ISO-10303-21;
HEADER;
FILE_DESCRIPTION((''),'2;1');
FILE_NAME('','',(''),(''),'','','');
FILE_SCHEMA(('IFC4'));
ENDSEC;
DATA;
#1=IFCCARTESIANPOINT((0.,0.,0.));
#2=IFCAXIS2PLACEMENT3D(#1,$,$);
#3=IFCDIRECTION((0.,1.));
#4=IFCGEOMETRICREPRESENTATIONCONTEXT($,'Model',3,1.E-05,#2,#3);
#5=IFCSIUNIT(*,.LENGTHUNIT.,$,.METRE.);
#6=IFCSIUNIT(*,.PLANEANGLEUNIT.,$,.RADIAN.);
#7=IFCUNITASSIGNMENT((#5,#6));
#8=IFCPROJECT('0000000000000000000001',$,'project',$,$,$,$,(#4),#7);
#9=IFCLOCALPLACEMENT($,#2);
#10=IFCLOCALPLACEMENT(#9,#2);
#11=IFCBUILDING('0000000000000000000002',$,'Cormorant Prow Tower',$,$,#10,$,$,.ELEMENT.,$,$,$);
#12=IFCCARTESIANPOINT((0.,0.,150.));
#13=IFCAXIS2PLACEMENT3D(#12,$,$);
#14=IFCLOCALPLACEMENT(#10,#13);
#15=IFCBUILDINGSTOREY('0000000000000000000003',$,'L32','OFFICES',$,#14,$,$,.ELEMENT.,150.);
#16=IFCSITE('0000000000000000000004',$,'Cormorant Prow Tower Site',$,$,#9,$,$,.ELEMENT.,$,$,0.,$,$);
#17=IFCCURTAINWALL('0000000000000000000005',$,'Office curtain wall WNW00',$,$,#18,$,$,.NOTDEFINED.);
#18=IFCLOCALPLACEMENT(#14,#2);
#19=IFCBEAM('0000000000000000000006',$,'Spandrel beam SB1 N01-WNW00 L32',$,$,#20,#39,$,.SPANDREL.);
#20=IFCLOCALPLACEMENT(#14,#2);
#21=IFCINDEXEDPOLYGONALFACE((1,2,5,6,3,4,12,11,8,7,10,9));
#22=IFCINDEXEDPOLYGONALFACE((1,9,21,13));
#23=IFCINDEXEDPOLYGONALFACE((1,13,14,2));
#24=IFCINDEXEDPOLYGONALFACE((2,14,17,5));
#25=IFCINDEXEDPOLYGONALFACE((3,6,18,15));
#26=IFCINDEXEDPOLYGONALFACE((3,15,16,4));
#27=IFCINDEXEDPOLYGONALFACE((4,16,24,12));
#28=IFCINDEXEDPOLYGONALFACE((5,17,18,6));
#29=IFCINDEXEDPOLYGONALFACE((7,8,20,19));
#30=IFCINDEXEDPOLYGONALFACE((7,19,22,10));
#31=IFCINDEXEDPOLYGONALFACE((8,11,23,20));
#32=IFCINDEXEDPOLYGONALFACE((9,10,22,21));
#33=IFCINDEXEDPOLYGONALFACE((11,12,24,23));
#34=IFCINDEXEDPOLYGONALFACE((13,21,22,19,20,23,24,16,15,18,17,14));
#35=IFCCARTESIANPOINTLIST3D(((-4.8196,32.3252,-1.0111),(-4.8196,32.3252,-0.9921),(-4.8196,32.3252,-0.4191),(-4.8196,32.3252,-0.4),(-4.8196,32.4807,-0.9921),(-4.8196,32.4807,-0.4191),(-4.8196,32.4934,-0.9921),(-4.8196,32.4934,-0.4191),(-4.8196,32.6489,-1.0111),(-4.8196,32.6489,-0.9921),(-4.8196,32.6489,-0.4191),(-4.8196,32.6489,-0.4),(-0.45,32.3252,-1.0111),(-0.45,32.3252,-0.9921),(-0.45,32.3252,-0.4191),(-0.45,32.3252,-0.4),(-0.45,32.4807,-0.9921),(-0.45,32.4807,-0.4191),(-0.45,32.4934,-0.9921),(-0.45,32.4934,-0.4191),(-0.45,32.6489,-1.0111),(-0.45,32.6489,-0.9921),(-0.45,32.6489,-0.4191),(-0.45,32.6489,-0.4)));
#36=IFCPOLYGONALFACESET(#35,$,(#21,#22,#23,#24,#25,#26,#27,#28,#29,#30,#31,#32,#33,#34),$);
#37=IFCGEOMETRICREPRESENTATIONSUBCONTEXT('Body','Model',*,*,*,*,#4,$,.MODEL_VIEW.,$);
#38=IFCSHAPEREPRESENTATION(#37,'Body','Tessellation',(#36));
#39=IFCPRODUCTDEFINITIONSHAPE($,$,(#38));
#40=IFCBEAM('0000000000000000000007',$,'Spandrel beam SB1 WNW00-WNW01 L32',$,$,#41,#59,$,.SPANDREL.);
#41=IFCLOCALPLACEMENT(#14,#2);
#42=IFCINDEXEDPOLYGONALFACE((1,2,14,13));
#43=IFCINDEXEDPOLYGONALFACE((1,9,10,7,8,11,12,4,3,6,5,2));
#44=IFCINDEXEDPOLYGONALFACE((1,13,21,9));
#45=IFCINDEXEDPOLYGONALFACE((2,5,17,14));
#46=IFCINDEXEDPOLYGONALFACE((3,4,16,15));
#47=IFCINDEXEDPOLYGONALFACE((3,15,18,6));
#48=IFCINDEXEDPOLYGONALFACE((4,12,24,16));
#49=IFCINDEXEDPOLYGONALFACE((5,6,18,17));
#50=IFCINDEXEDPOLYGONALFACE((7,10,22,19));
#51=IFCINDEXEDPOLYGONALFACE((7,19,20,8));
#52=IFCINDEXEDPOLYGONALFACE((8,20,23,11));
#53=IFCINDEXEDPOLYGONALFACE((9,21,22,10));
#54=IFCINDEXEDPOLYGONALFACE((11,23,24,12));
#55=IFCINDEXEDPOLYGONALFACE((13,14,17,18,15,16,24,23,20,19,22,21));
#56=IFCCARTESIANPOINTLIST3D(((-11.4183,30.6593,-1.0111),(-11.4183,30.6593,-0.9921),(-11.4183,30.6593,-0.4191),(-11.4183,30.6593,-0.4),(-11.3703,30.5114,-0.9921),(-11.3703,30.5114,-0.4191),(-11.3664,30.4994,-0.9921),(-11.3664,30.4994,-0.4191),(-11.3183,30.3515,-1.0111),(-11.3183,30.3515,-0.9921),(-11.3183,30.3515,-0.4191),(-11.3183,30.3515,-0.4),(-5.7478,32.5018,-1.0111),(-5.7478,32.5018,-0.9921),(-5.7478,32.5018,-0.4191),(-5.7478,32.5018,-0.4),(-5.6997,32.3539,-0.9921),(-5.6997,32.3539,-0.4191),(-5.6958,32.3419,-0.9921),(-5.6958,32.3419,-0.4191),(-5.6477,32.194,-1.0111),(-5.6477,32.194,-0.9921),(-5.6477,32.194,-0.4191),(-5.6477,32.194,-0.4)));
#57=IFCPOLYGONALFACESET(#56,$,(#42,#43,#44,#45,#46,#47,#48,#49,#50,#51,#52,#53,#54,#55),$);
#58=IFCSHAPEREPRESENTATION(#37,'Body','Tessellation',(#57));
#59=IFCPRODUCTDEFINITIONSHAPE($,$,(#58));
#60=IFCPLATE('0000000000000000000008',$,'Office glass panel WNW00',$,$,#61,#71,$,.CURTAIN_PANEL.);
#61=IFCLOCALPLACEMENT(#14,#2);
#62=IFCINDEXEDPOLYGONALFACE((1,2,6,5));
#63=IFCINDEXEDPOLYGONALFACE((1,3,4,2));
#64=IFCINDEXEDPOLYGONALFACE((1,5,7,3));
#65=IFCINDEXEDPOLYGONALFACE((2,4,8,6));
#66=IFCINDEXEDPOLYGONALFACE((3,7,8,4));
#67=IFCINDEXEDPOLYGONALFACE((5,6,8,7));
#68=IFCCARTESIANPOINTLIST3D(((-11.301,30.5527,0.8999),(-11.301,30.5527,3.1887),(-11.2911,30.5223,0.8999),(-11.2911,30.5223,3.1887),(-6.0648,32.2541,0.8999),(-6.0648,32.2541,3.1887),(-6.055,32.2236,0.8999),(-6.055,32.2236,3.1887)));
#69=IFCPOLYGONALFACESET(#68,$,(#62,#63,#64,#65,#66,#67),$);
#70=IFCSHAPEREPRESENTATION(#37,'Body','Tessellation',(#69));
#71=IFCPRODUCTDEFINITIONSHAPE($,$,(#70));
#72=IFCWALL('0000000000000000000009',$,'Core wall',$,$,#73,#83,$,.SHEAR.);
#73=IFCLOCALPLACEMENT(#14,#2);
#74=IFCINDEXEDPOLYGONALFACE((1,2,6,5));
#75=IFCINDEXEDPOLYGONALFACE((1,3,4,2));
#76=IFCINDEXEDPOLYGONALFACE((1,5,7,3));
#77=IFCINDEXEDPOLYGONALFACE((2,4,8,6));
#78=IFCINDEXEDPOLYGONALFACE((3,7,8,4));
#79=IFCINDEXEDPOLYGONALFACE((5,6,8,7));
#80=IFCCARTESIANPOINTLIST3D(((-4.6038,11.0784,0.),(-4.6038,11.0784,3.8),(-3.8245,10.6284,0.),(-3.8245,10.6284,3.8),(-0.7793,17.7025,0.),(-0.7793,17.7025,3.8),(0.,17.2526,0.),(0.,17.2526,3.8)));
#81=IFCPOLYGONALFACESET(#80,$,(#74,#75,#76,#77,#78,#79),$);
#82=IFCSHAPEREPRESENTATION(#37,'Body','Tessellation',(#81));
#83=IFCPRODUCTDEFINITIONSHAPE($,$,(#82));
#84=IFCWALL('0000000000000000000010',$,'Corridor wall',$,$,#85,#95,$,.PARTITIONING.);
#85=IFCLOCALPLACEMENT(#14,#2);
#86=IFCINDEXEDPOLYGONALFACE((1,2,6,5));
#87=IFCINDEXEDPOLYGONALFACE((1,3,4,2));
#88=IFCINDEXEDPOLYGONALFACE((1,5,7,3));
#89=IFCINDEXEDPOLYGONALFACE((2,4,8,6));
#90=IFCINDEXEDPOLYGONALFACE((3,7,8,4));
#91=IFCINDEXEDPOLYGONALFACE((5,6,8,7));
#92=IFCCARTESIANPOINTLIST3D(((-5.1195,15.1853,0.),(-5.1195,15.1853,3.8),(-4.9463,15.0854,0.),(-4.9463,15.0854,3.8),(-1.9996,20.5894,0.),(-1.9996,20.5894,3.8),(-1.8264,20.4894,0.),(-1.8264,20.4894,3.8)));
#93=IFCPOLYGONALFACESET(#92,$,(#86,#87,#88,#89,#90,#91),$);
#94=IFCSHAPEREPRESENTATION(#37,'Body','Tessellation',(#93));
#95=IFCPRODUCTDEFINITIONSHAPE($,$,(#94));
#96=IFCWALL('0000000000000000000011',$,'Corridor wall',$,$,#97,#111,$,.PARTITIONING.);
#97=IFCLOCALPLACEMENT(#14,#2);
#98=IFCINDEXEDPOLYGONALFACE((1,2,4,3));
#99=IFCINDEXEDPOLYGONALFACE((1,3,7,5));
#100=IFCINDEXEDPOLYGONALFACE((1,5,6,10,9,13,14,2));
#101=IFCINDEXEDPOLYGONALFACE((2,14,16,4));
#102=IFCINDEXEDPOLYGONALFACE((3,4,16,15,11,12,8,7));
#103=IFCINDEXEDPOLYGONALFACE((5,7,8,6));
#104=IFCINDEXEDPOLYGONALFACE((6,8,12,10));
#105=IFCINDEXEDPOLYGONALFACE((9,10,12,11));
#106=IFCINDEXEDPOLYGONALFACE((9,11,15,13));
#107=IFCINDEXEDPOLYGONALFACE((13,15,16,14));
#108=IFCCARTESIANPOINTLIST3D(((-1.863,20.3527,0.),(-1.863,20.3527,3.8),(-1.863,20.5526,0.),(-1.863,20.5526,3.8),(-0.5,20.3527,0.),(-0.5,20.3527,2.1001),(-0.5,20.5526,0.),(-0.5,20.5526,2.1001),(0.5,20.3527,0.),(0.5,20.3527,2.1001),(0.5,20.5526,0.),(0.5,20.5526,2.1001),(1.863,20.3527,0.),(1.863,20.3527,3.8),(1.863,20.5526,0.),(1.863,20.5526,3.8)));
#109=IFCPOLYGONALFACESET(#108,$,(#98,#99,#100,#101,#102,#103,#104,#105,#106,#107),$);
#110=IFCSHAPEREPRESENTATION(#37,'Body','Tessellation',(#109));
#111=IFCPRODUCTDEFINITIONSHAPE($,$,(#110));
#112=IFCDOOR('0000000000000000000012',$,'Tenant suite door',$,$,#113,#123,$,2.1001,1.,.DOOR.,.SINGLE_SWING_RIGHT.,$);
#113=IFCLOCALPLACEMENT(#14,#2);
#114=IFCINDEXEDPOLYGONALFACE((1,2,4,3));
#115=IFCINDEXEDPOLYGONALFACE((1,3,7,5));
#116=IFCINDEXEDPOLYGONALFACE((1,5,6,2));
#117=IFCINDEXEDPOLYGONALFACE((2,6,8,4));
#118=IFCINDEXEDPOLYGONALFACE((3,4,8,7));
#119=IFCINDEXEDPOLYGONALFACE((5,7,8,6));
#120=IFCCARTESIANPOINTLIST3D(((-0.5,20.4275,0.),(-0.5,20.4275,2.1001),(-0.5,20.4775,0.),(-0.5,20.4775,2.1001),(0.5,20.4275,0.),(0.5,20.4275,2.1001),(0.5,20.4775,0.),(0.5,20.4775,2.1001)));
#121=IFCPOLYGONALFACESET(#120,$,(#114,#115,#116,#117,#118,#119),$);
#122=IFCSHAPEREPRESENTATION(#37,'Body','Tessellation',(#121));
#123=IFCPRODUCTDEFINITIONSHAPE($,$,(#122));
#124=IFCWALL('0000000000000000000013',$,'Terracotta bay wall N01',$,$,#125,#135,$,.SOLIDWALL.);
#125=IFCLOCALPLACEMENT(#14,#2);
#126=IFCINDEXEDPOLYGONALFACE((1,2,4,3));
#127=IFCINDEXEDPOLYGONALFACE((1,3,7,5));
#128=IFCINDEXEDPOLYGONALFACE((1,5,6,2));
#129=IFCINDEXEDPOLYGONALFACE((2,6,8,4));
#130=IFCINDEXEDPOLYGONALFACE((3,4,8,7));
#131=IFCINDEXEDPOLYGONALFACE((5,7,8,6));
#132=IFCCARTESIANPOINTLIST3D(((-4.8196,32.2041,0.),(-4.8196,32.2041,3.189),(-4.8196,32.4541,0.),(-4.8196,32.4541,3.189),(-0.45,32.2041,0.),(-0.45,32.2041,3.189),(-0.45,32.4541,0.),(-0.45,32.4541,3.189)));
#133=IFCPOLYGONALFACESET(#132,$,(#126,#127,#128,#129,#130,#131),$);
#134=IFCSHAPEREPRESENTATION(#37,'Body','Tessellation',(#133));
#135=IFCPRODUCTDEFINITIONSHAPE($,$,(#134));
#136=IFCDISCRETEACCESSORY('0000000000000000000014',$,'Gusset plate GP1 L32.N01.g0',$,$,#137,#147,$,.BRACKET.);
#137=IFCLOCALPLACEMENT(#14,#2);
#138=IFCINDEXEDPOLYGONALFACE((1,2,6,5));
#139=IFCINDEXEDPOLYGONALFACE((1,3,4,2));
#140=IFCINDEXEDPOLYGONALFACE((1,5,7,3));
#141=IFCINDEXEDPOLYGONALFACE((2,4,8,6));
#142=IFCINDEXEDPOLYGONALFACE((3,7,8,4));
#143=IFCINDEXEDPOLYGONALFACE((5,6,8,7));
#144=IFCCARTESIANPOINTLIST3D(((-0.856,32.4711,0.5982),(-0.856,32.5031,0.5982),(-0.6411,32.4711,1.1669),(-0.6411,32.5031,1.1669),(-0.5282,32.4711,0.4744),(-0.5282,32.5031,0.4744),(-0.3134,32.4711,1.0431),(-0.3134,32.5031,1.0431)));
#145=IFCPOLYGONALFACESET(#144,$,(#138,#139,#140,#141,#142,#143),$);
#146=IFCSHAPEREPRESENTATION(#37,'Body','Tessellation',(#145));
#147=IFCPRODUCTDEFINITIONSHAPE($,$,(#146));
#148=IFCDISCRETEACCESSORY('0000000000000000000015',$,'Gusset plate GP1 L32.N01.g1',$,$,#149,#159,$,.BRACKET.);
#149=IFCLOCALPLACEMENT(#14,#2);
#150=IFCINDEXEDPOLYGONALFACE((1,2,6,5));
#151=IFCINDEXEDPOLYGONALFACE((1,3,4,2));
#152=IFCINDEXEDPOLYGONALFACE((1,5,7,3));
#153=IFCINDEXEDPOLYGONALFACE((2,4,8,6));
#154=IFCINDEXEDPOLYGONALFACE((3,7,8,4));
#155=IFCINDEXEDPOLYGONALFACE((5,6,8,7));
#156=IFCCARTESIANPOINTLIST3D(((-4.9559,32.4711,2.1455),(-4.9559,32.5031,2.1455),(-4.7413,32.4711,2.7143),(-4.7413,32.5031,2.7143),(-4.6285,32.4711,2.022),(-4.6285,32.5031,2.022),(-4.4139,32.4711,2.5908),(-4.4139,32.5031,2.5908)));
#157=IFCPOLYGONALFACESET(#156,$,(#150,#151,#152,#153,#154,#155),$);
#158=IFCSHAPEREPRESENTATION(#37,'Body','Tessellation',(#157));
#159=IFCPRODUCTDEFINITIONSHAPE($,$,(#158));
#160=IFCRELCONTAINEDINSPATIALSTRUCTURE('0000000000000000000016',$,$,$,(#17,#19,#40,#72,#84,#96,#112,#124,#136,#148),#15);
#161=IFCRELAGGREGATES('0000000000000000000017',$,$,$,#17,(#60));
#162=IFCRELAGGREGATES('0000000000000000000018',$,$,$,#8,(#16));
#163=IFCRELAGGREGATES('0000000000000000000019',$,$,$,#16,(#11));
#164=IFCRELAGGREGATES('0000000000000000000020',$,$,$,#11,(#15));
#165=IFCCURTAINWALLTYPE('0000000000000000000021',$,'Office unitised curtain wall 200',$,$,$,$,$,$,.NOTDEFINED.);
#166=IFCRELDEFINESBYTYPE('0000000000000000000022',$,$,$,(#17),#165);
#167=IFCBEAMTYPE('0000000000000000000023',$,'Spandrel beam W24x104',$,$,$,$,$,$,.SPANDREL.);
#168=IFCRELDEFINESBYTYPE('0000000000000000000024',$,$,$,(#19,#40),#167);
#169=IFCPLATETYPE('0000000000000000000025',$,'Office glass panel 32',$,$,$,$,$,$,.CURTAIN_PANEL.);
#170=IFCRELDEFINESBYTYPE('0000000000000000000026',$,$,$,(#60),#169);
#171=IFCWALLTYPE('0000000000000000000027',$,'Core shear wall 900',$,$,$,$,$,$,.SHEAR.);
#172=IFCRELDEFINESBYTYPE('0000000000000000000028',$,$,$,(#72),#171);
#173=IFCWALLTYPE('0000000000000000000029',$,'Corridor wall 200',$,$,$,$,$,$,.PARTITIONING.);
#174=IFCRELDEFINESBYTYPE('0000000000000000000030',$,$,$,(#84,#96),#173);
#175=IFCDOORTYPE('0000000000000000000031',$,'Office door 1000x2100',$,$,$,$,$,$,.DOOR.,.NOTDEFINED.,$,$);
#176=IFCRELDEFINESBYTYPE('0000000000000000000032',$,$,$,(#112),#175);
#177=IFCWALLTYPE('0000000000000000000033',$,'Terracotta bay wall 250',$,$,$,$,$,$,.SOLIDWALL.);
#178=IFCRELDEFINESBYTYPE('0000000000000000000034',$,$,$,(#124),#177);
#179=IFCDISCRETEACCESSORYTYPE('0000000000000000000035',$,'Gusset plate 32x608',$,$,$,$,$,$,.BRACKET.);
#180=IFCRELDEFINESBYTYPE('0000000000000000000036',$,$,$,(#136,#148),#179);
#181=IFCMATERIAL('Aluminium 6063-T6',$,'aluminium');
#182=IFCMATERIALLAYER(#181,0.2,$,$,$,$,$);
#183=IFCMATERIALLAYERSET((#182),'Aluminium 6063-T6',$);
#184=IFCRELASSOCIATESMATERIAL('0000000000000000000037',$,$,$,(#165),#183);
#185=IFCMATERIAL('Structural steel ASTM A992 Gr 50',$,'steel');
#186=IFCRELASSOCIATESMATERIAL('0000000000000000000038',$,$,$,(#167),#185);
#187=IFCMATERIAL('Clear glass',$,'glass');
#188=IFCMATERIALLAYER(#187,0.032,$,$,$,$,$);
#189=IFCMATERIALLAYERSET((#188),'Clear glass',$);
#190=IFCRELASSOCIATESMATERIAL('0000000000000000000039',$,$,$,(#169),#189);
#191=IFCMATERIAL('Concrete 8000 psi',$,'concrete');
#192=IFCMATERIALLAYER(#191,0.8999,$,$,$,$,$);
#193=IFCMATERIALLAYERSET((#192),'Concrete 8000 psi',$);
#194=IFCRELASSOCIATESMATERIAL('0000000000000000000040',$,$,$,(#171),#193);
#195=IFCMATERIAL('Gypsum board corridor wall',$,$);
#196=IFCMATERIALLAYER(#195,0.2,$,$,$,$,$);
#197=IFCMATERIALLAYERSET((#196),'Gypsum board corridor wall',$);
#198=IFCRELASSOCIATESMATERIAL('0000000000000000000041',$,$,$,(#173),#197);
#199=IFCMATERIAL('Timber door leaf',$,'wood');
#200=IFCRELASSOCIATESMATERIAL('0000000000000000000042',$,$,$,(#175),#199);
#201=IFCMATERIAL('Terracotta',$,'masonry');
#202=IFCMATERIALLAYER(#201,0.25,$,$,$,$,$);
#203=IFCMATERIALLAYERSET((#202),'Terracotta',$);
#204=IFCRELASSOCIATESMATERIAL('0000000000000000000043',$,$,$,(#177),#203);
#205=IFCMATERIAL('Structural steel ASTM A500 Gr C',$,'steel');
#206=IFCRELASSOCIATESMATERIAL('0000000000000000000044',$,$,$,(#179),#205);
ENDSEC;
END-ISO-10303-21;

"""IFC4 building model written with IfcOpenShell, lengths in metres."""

from ifc_helpers import new_model, si_unit, direction, frame, frame_2d, origin, origin_2d, place, context, subcontext, project, spatial, rectangle, i_section, extrude, material, layer, layer_set, material_profile, profile_set, type_object, element, fill, aggregate, save


model = new_model("IFC4")

# Units and contexts
model_context = context("Model", 3, precision=1e-05, world=origin(), true_north=direction((0.0, 1.0)))
body_context = subcontext(model_context, "Body", "Model", "MODEL_VIEW")
ifc_project = project(units=[si_unit("LENGTHUNIT", "METRE"), si_unit("PLANEANGLEUNIT", "RADIAN")], contexts=[model_context])

# Site, building, storey
site_placement = place(None, origin())
site = spatial("IfcSite", under=ifc_project, at=site_placement, Name="Cormorant Prow Tower Site", CompositionType="ELEMENT", RefElevation=0.0)
building_placement = place(site_placement, origin())
building = spatial("IfcBuilding", under=site, at=building_placement, Name="Cormorant Prow Tower", CompositionType="ELEMENT")
storey_placement = place(building_placement, frame((0.0, 0.0, 150.0)))
storey = spatial("IfcBuildingStorey", under=building, at=storey_placement, Name="L32", Description="OFFICES", CompositionType="ELEMENT", Elevation=150.0)

# Curtain wall
ifc_material_1 = material(Name="Aluminium 6063-T6", Category="aluminium")
ifc_layer_1 = layer(ifc_material_1, 0.2)
ifc_layer_set_1 = layer_set([ifc_layer_1], Name="Aluminium 6063-T6")
curtain_wall_type = type_object("IfcCurtainWallType", Name="Office unitised curtain wall 200", PredefinedType="NOTDEFINED", material=ifc_layer_set_1)
curtain_wall_placement = place(storey_placement, origin())
curtain_wall = element("IfcCurtainWall", 1, at=curtain_wall_placement, inside=storey, type_object=curtain_wall_type, Name="Office curtain wall WNW00", PredefinedType="NOTDEFINED")

# Beams
ifc_material_2 = material(Name="Structural steel ASTM A992 Gr 50", Category="steel")
ifc_material_profile_1 = material_profile(ifc_material_2, i_section(OverallWidth=0.3237, OverallDepth=0.6111, WebThickness=0.0127, FlangeThickness=0.019, at=origin_2d()), Name="W24x104")
ifc_profile_set_1 = profile_set([ifc_material_profile_1], Name="Structural steel ASTM A992 Gr 50")
beam_type_1 = type_object("IfcBeamType", Name="Spandrel beam W24x104", PredefinedType="SPANDREL", material=ifc_profile_set_1)
beam_1_placement = place(storey_placement, frame((-0.45, 32.4871, -0.7056), z_axis=(-1.0, 0.0, 0.0), x_axis=(0.0, -1.0, 0.0)))
element("IfcBeam", 2, at=beam_1_placement, inside=storey, type_object=beam_type_1, Name="Spandrel beam SB1 N01-WNW00 L32", PredefinedType="SPANDREL", context=body_context, shape_type="SweptSolid", body=[
    extrude(i_section(OverallWidth=0.3237, OverallDepth=0.6111, WebThickness=0.0127, FlangeThickness=0.019, at=origin_2d()), origin(), (0.0, 0.0, 1.0), 4.3696),
])
beam_2_placement = place(storey_placement, frame((-5.6978, 32.3479, -0.7056), z_axis=(-0.951055, -0.30902, 0.0), x_axis=(0.30902, -0.951055, 0.0)))
element("IfcBeam", 3, at=beam_2_placement, inside=storey, type_object=beam_type_1, Name="Spandrel beam SB1 WNW00-WNW01 L32", PredefinedType="SPANDREL", context=body_context, shape_type="SweptSolid", body=[
    extrude(i_section(OverallWidth=0.3237, OverallDepth=0.6111, WebThickness=0.0127, FlangeThickness=0.019, at=origin_2d()), origin(), (0.0, 0.0, 1.0), 5.9624),
])

# Plate
ifc_material_3 = material(Name="Clear glass", Category="glass")
ifc_layer_2 = layer(ifc_material_3, 0.032)
ifc_layer_set_2 = layer_set([ifc_layer_2], Name="Clear glass")
plate_type = type_object("IfcPlateType", Name="Office glass panel 32", PredefinedType="CURTAIN_PANEL", material=ifc_layer_set_2)
plate_placement = place(storey_placement, frame((-8.678, 31.3882, 0.8999), z_axis=(0.0, 0.0, 1.0), x_axis=(-0.951057, -0.309017, 0.0)))
plate = element("IfcPlate", 4, at=plate_placement, type_object=plate_type, Name="Office glass panel WNW00", PredefinedType="CURTAIN_PANEL", context=body_context, shape_type="SweptSolid", body=[
    extrude(rectangle(XDim=5.5056, YDim=0.032, at=origin_2d()), origin(), (0.0, 0.0, 1.0), 2.2888),
])
aggregate(curtain_wall, [plate])

# Walls
ifc_material_4 = material(Name="Concrete 8000 psi", Category="concrete")
ifc_layer_3 = layer(ifc_material_4, 0.8999)
ifc_layer_set_3 = layer_set([ifc_layer_3], Name="Concrete 8000 psi")
wall_type_1 = type_object("IfcWallType", Name="Core shear wall 900", PredefinedType="SHEAR", material=ifc_layer_set_3)
wall_1_placement = place(storey_placement, frame((-0.3896, 17.4775, 0.0), z_axis=(0.0, 0.0, 1.0), x_axis=(-0.500008, -0.866021, 0.0)))
element("IfcWall", 5, at=wall_1_placement, inside=storey, type_object=wall_type_1, Name="Core wall", PredefinedType="SHEAR", context=body_context, shape_type="SweptSolid", body=[
    extrude(rectangle(XDim=7.6489, YDim=0.8999, at=frame_2d((3.8245, 0.0))), origin(), (0.0, 0.0, 1.0), 3.8),
])
ifc_material_5 = material(Name="Gypsum board corridor wall")
ifc_layer_4 = layer(ifc_material_5, 0.2)
ifc_layer_set_4 = layer_set([ifc_layer_4], Name="Gypsum board corridor wall")
wall_type_2 = type_object("IfcWallType", Name="Corridor wall 200", PredefinedType="PARTITIONING", material=ifc_layer_set_4)
wall_2_placement = place(storey_placement, frame((-5.033, 15.1353, 0.0), z_axis=(0.0, 0.0, 1.0), x_axis=(0.499981, 0.866036, 0.0)))
element("IfcWall", 6, at=wall_2_placement, inside=storey, type_object=wall_type_2, Name="Corridor wall", PredefinedType="PARTITIONING", context=body_context, shape_type="SweptSolid", body=[
    extrude(rectangle(XDim=6.24, YDim=0.2, at=frame_2d((3.1201, 0.0))), origin(), (0.0, 0.0, 1.0), 3.8),
])

# Wall, opening, door
wall_3_placement = place(storey_placement, frame((-1.863, 20.4526, 0.0), z_axis=(0.0, 0.0, 1.0), x_axis=(1.0, 0.0, 0.0)))
wall_3 = element("IfcWall", 7, at=wall_3_placement, inside=storey, type_object=wall_type_2, Name="Corridor wall", PredefinedType="PARTITIONING", context=body_context, shape_type="SweptSolid", body=[
    extrude(rectangle(XDim=3.7261, YDim=0.2, at=frame_2d((1.863, 0.0))), origin(), (0.0, 0.0, 1.0), 3.8),
])
opening_placement = place(wall_3_placement, frame((1.363, 0.0, 0.0)))
opening = element("IfcOpeningElement", 8, at=opening_placement, cuts=wall_3, PredefinedType="OPENING", context=body_context, shape_type="SweptSolid", body=[
    extrude(rectangle(XDim=1.0, YDim=2.1001, at=frame_2d((0.5, 1.05))), frame((0.0, 0.1099, 0.0), z_axis=(0.0, -1.0, 0.0), x_axis=(1.0, 0.0, 0.0)), (0.0, 0.0, 1.0), 0.22),
])
ifc_material_6 = material(Name="Timber door leaf", Category="wood")
door_type = type_object("IfcDoorType", Name="Office door 1000x2100", OperationType="NOTDEFINED", PredefinedType="DOOR", material=ifc_material_6)
door_placement = place(opening_placement, origin())
door = element("IfcDoor", 9, at=door_placement, inside=storey, type_object=door_type, Name="Tenant suite door", OperationType="SINGLE_SWING_RIGHT", OverallHeight=2.1001, OverallWidth=1.0, PredefinedType="DOOR", context=body_context, shape_type="SweptSolid", body=[
    extrude(rectangle(XDim=1.0, YDim=2.1001, at=frame_2d((0.5, 1.05))), frame((0.0, 0.0249, 0.0), z_axis=(0.0, -1.0, 0.0), x_axis=(1.0, 0.0, 0.0)), (0.0, 0.0, 1.0), 0.05),
])
fill(opening, door)

# Wall
ifc_material_7 = material(Name="Terracotta", Category="masonry")
ifc_layer_5 = layer(ifc_material_7, 0.25)
ifc_layer_set_5 = layer_set([ifc_layer_5], Name="Terracotta")
wall_type_3 = type_object("IfcWallType", Name="Terracotta bay wall 250", PredefinedType="SOLIDWALL", material=ifc_layer_set_5)
wall_4_placement = place(storey_placement, frame((-0.45, 32.3291, 0.0), z_axis=(0.0, 0.0, 1.0), x_axis=(-1.0, 0.0, 0.0)))
element("IfcWall", 10, at=wall_4_placement, inside=storey, type_object=wall_type_3, Name="Terracotta bay wall N01", PredefinedType="SOLIDWALL", context=body_context, shape_type="SweptSolid", body=[
    extrude(rectangle(XDim=4.3696, YDim=0.25, at=frame_2d((2.1848, 0.0))), origin(), (0.0, 0.0, 1.0), 3.189),
])

# Discrete accessories
ifc_material_8 = material(Name="Structural steel ASTM A500 Gr C", Category="steel")
ifc_material_profile_2 = material_profile(ifc_material_8, rectangle(XDim=0.032, YDim=0.6079, at=origin_2d()), Name="Gusset plate 32x608")
ifc_profile_set_2 = profile_set([ifc_material_profile_2], Name="Structural steel ASTM A500 Gr C")
discrete_accessory_type = type_object("IfcDiscreteAccessoryType", Name="Gusset plate 32x608", PredefinedType="BRACKET", material=ifc_profile_set_2)
discrete_accessory_1_placement = place(storey_placement, frame((-0.7485, 32.4871, 0.8826), z_axis=(0.935467, 0.0, -0.353414), x_axis=(0.0, 1.0, 0.0)))
element("IfcDiscreteAccessory", 11, at=discrete_accessory_1_placement, inside=storey, type_object=discrete_accessory_type, Name="Gusset plate GP1 L32.N01.g0", PredefinedType="BRACKET", context=body_context, shape_type="SweptSolid", body=[
    extrude(rectangle(XDim=0.032, YDim=0.6079, at=origin_2d()), origin(), (0.0, 0.0, 1.0), 0.3503),
])
discrete_accessory_2_placement = place(storey_placement, frame((-4.5212, 32.4871, 2.3064), z_axis=(-0.93561, 0.0, 0.353034), x_axis=(0.0, -1.0, 0.0)))
element("IfcDiscreteAccessory", 12, at=discrete_accessory_2_placement, inside=storey, type_object=discrete_accessory_type, Name="Gusset plate GP1 L32.N01.g1", PredefinedType="BRACKET", context=body_context, shape_type="SweptSolid", body=[
    extrude(rectangle(XDim=0.032, YDim=0.6079, at=origin_2d()), origin(), (0.0, 0.0, 1.0), 0.3499),
])

save(model, "model.ifc")
